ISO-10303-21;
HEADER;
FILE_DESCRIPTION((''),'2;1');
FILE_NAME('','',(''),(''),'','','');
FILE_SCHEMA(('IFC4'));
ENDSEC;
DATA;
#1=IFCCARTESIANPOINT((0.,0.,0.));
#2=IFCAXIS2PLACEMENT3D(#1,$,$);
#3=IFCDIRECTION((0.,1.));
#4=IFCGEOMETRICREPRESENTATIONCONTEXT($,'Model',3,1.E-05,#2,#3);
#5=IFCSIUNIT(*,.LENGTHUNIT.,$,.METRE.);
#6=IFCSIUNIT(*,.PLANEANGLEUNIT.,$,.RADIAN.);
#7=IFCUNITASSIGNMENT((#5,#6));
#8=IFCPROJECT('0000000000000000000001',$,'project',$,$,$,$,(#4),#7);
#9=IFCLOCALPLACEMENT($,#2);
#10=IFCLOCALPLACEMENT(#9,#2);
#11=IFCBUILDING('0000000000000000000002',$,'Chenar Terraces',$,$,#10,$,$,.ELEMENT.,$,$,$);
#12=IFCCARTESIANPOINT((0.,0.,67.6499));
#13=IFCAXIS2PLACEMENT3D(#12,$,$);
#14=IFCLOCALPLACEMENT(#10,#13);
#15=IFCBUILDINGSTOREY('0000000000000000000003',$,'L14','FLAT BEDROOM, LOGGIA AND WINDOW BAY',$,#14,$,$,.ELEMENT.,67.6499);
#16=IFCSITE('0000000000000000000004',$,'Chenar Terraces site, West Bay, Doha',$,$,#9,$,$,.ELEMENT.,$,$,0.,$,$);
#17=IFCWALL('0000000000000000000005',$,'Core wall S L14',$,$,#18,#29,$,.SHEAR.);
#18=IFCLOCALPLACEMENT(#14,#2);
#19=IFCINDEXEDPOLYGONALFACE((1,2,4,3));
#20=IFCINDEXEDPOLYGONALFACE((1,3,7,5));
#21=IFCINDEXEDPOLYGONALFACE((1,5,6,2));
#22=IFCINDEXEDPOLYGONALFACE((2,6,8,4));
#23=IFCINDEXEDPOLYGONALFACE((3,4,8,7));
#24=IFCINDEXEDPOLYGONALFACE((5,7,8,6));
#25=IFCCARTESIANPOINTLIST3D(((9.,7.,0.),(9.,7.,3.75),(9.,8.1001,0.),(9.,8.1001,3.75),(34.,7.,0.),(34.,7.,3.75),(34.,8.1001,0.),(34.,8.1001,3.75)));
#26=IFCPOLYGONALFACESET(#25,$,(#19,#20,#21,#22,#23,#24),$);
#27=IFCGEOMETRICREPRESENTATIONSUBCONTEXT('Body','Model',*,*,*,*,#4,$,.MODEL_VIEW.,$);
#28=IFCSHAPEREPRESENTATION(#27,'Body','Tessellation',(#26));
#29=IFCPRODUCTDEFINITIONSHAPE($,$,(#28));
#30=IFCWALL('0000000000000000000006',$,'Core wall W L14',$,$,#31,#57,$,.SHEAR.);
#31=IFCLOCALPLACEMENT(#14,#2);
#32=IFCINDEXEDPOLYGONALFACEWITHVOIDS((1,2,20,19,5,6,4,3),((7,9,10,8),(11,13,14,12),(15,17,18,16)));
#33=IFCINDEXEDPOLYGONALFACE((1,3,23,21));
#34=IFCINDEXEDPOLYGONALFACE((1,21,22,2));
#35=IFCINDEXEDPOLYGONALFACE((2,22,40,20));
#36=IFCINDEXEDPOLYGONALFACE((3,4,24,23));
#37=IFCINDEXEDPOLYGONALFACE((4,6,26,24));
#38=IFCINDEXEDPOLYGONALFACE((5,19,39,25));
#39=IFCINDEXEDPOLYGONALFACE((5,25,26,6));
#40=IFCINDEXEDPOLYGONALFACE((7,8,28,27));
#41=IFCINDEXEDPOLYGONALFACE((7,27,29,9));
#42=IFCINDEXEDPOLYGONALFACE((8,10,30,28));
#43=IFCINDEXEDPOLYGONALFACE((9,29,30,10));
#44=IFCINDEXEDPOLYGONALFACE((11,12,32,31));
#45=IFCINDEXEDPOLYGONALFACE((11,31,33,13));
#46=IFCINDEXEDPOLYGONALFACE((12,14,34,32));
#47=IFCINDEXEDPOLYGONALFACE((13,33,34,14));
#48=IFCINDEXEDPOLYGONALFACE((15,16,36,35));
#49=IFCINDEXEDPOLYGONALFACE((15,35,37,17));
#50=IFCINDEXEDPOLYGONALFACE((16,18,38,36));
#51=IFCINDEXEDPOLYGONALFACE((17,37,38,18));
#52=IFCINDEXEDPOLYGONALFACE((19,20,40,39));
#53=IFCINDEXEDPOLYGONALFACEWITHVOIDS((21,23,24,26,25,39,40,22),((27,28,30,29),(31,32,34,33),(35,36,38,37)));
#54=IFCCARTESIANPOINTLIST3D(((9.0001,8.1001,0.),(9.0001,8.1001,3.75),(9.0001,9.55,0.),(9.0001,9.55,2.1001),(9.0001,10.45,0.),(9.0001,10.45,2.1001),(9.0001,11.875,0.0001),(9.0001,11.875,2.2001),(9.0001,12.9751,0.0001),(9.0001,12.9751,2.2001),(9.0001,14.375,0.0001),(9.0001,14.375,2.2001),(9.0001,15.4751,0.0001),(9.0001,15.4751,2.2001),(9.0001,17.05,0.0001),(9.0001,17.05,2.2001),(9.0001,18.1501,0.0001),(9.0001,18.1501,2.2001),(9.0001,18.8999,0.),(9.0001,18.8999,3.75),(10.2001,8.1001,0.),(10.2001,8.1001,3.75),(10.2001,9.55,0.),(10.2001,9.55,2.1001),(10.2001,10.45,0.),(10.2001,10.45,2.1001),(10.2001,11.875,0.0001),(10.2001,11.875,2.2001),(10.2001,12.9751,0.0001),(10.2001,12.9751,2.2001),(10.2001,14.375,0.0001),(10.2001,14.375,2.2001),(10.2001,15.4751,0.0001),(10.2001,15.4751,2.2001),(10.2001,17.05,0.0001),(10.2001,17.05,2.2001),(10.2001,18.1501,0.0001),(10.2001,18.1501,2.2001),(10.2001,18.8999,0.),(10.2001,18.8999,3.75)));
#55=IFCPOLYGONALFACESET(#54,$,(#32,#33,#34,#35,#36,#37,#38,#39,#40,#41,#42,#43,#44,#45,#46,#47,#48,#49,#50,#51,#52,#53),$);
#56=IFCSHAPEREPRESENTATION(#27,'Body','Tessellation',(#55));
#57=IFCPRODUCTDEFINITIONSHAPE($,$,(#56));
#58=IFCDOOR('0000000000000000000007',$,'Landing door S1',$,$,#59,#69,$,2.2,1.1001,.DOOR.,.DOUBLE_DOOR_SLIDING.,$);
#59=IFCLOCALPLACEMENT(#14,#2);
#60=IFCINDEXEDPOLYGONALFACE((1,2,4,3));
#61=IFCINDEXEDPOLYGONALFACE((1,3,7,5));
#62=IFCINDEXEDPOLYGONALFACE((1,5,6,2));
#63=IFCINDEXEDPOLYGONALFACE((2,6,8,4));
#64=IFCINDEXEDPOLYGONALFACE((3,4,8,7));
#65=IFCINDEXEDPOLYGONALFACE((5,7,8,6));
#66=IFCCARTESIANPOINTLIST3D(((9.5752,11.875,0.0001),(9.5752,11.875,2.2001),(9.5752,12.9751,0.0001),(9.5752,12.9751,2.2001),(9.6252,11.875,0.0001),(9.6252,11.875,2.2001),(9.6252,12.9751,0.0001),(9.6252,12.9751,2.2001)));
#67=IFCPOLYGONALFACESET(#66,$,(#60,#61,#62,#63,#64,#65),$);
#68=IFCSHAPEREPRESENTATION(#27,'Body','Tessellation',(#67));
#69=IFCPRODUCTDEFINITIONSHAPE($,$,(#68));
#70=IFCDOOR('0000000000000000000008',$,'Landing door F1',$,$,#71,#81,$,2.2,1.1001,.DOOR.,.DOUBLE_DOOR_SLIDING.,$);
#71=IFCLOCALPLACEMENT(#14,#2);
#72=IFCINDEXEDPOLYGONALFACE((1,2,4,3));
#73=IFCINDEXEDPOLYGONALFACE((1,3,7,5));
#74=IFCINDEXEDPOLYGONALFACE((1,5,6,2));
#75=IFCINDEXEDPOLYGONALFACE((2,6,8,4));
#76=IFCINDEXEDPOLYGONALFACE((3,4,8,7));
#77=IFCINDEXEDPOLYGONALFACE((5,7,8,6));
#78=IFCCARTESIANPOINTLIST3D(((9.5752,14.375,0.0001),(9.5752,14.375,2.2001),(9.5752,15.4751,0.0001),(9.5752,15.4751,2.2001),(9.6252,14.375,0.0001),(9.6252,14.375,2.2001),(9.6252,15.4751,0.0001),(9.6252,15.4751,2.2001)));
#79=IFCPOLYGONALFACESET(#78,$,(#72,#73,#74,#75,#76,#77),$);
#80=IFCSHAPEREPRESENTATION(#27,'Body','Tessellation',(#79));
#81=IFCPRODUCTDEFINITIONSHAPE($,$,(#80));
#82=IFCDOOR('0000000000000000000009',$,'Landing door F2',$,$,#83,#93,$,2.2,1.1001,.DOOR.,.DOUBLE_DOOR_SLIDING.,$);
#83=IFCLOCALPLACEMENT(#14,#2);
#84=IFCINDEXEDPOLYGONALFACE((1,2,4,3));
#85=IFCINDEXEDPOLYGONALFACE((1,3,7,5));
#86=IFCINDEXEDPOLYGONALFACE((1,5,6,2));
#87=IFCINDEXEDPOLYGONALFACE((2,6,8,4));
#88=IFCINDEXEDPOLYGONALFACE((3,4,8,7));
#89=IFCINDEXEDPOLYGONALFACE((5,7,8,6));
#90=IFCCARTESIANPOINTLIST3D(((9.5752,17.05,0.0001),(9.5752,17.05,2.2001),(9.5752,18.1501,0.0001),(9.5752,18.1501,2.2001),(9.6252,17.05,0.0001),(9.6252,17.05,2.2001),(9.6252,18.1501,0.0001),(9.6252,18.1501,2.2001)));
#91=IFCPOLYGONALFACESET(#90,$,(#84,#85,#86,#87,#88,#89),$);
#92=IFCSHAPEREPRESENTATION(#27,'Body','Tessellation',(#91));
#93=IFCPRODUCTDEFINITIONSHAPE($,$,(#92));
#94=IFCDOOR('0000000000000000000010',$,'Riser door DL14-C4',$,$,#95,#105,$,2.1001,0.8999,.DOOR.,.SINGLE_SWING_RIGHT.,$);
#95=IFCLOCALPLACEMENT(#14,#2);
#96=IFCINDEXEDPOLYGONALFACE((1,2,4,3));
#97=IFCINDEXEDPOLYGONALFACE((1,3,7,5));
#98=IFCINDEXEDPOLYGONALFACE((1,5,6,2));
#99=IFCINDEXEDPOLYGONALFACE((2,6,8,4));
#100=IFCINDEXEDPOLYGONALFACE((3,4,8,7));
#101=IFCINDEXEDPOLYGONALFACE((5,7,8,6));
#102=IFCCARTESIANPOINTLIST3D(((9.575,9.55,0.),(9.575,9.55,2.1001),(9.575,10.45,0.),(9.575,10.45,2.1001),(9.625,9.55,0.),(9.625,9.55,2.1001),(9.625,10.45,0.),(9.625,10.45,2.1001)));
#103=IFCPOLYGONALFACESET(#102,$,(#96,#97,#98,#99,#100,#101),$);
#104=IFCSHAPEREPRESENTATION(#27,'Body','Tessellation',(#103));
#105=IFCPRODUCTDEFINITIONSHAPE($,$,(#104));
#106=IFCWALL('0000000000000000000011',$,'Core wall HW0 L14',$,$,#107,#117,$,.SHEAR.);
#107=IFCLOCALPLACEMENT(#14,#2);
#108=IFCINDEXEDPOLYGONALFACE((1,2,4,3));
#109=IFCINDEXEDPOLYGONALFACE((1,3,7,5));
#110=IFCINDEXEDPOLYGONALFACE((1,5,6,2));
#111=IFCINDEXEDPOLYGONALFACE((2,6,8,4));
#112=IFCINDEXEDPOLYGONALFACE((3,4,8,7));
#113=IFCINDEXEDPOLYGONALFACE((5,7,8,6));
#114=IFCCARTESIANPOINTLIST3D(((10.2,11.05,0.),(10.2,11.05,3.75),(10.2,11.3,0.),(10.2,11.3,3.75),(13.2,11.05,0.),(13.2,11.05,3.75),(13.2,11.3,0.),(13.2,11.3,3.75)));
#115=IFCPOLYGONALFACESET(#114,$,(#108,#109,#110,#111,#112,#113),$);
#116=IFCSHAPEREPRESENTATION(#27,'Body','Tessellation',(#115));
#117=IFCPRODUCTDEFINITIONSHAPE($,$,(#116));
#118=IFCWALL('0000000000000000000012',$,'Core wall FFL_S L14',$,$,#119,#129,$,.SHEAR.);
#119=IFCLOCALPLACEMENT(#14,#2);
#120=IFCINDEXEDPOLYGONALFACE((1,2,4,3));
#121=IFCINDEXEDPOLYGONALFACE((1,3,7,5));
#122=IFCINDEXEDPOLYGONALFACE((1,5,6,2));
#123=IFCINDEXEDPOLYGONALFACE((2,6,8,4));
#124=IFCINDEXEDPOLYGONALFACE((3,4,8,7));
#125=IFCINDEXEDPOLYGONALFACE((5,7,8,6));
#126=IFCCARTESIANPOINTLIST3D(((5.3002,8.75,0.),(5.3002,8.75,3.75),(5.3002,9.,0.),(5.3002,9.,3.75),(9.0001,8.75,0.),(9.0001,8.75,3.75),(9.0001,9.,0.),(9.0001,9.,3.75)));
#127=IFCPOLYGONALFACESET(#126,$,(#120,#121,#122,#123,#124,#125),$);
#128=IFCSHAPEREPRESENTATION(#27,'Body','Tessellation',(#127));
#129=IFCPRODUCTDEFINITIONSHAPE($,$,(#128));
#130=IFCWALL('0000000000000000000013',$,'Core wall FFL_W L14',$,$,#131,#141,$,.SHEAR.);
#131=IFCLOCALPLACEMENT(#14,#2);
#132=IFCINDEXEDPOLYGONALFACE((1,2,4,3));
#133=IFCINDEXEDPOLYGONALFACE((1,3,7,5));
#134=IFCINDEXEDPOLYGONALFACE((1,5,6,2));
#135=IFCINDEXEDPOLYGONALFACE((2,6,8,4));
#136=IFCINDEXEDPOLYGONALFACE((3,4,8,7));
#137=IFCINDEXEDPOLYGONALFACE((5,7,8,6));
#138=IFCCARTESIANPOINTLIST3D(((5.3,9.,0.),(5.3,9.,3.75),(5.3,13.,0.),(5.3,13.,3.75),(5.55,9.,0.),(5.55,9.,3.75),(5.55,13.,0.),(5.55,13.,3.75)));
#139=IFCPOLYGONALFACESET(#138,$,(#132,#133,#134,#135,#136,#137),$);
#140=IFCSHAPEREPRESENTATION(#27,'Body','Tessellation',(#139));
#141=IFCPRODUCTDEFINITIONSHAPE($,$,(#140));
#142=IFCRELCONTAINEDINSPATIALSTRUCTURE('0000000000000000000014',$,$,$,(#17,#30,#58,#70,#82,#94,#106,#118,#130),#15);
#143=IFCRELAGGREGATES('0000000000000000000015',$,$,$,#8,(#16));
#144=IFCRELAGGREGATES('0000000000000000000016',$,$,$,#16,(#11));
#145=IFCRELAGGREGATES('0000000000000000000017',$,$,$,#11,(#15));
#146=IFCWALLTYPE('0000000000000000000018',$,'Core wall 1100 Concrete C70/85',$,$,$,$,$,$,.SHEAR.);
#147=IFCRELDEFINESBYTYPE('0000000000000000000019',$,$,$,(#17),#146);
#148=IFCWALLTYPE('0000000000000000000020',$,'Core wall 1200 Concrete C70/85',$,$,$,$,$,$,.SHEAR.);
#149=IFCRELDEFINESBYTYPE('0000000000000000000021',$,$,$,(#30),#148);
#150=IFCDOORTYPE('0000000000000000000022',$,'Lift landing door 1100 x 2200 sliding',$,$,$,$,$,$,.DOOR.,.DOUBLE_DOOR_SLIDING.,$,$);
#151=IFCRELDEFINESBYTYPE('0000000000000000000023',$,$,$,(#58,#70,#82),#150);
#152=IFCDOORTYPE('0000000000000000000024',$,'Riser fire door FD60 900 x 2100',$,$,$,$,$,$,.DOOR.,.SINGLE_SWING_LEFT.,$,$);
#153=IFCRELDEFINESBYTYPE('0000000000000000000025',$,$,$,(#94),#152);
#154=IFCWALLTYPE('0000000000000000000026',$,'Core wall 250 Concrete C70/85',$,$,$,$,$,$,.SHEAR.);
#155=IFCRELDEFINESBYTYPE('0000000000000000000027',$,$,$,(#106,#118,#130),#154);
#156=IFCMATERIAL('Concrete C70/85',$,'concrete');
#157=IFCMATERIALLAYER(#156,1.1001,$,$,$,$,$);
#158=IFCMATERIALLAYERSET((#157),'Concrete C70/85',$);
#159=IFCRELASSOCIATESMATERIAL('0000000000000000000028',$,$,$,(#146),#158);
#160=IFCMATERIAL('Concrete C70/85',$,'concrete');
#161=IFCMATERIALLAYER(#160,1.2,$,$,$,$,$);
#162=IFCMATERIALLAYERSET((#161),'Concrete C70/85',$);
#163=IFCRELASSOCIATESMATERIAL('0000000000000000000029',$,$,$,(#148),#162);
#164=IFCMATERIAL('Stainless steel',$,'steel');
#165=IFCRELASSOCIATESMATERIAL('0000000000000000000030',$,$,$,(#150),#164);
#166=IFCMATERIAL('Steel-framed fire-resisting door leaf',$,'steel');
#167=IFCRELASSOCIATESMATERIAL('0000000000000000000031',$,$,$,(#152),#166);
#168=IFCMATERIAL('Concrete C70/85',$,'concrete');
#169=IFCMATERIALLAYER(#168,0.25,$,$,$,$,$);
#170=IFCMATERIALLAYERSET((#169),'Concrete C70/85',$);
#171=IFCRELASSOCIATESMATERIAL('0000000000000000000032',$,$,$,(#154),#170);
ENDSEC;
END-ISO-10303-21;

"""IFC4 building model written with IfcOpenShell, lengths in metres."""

from ifc_helpers import new_model, si_unit, direction, frame, frame_2d, origin, place, context, subcontext, project, spatial, rectangle, extrude, material, layer, layer_set, type_object, element, fill, save


model = new_model("IFC4")

# Units and contexts
model_context = context("Model", 3, precision=1e-05, world=origin(), true_north=direction((0.0, 1.0)))
body_context = subcontext(model_context, "Body", "Model", "MODEL_VIEW")
ifc_project = project(units=[si_unit("LENGTHUNIT", "METRE"), si_unit("PLANEANGLEUNIT", "RADIAN")], contexts=[model_context])

# Site, building, storey
site_placement = place(None, origin())
site = spatial("IfcSite", under=ifc_project, at=site_placement, Name="Chenar Terraces site, West Bay, Doha", CompositionType="ELEMENT", RefElevation=0.0)
building_placement = place(site_placement, origin())
building = spatial("IfcBuilding", under=site, at=building_placement, Name="Chenar Terraces", CompositionType="ELEMENT")
storey_placement = place(building_placement, frame((0.0, 0.0, 67.6499)))
storey = spatial("IfcBuildingStorey", under=building, at=storey_placement, Name="L14", Description="FLAT BEDROOM, LOGGIA AND WINDOW BAY", CompositionType="ELEMENT", Elevation=67.6499)

# Wall
ifc_material_1 = material(Name="Concrete C70/85", Category="concrete")
ifc_layer_1 = layer(ifc_material_1, 1.1001)
ifc_layer_set_1 = layer_set([ifc_layer_1], Name="Concrete C70/85")
wall_type_1 = type_object("IfcWallType", Name="Core wall 1100 Concrete C70/85", PredefinedType="SHEAR", material=ifc_layer_set_1)
wall_1_placement = place(storey_placement, frame((9.0, 7.55, 0.0), z_axis=(0.0, 0.0, 1.0), x_axis=(1.0, 0.0, 0.0)))
element("IfcWall", 1, at=wall_1_placement, inside=storey, type_object=wall_type_1, Name="Core wall S L14", PredefinedType="SHEAR", context=body_context, shape_type="SweptSolid", body=[
    extrude(rectangle(XDim=25.0, YDim=1.1001, at=frame_2d((12.5, 0.0))), origin(), (0.0, 0.0, 1.0), 3.75),
])

# Wall, openings, doors
ifc_material_2 = material(Name="Concrete C70/85", Category="concrete")
ifc_layer_2 = layer(ifc_material_2, 1.2)
ifc_layer_set_2 = layer_set([ifc_layer_2], Name="Concrete C70/85")
wall_type_2 = type_object("IfcWallType", Name="Core wall 1200 Concrete C70/85", PredefinedType="SHEAR", material=ifc_layer_set_2)
wall_2_placement = place(storey_placement, frame((9.6001, 8.1001, 0.0), z_axis=(0.0, 0.0, 1.0), x_axis=(0.0, 1.0, 0.0)))
wall_2 = element("IfcWall", 2, at=wall_2_placement, inside=storey, type_object=wall_type_2, Name="Core wall W L14", PredefinedType="SHEAR", context=body_context, shape_type="SweptSolid", body=[
    extrude(rectangle(XDim=10.7998, YDim=1.2, at=frame_2d((5.3999, 0.0))), origin(), (0.0, 0.0, 1.0), 3.75),
])
opening_1_placement = place(wall_2_placement, frame((3.7749, 0.0, 0.0)))
opening_1 = element("IfcOpeningElement", 3, at=opening_1_placement, cuts=wall_2, PredefinedType="OPENING", context=body_context, shape_type="SweptSolid", body=[
    extrude(rectangle(XDim=1.1001, YDim=2.2, at=frame_2d((0.55, 1.1001))), frame((0.0, 0.6099, 0.0), z_axis=(0.0, -1.0, 0.0), x_axis=(1.0, 0.0, 0.0)), (0.0, 0.0, 1.0), 1.22),
])
opening_2_placement = place(wall_2_placement, frame((6.2749, 0.0, 0.0)))
opening_2 = element("IfcOpeningElement", 4, at=opening_2_placement, cuts=wall_2, PredefinedType="OPENING", context=body_context, shape_type="SweptSolid", body=[
    extrude(rectangle(XDim=1.1001, YDim=2.2, at=frame_2d((0.55, 1.1001))), frame((0.0, 0.6099, 0.0), z_axis=(0.0, -1.0, 0.0), x_axis=(1.0, 0.0, 0.0)), (0.0, 0.0, 1.0), 1.22),
])
opening_3_placement = place(wall_2_placement, frame((8.95, 0.0, 0.0)))
opening_3 = element("IfcOpeningElement", 5, at=opening_3_placement, cuts=wall_2, PredefinedType="OPENING", context=body_context, shape_type="SweptSolid", body=[
    extrude(rectangle(XDim=1.1001, YDim=2.2, at=frame_2d((0.55, 1.1001))), frame((0.0, 0.6099, 0.0), z_axis=(0.0, -1.0, 0.0), x_axis=(1.0, 0.0, 0.0)), (0.0, 0.0, 1.0), 1.22),
])
opening_4_placement = place(wall_2_placement, frame((1.45, 0.0, 0.0)))
opening_4 = element("IfcOpeningElement", 6, at=opening_4_placement, cuts=wall_2, PredefinedType="OPENING", context=body_context, shape_type="SweptSolid", body=[
    extrude(rectangle(XDim=0.8999, YDim=2.1001, at=frame_2d((0.45, 1.05))), frame((0.0, 0.6099, 0.0), z_axis=(0.0, -1.0, 0.0), x_axis=(1.0, 0.0, 0.0)), (0.0, 0.0, 1.0), 1.22),
])
ifc_material_3 = material(Name="Stainless steel", Category="steel")
door_type_1 = type_object("IfcDoorType", Name="Lift landing door 1100 x 2200 sliding", OperationType="DOUBLE_DOOR_SLIDING", PredefinedType="DOOR", material=ifc_material_3)
door_1_placement = place(opening_1_placement, origin())
door_1 = element("IfcDoor", 7, at=door_1_placement, inside=storey, type_object=door_type_1, Name="Landing door S1", OperationType="DOUBLE_DOOR_SLIDING", OverallHeight=2.2, OverallWidth=1.1001, PredefinedType="DOOR", context=body_context, shape_type="SweptSolid", body=[
    extrude(rectangle(XDim=1.1001, YDim=2.2, at=frame_2d((0.55, 1.1001))), frame((0.0, 0.0249, 0.0), z_axis=(0.0, -1.0, 0.0), x_axis=(1.0, 0.0, 0.0)), (0.0, 0.0, 1.0), 0.05),
])
fill(opening_1, door_1)
door_2_placement = place(opening_2_placement, origin())
door_2 = element("IfcDoor", 8, at=door_2_placement, inside=storey, type_object=door_type_1, Name="Landing door F1", OperationType="DOUBLE_DOOR_SLIDING", OverallHeight=2.2, OverallWidth=1.1001, PredefinedType="DOOR", context=body_context, shape_type="SweptSolid", body=[
    extrude(rectangle(XDim=1.1001, YDim=2.2, at=frame_2d((0.55, 1.1001))), frame((0.0, 0.0249, 0.0), z_axis=(0.0, -1.0, 0.0), x_axis=(1.0, 0.0, 0.0)), (0.0, 0.0, 1.0), 0.05),
])
fill(opening_2, door_2)
door_3_placement = place(opening_3_placement, origin())
door_3 = element("IfcDoor", 9, at=door_3_placement, inside=storey, type_object=door_type_1, Name="Landing door F2", OperationType="DOUBLE_DOOR_SLIDING", OverallHeight=2.2, OverallWidth=1.1001, PredefinedType="DOOR", context=body_context, shape_type="SweptSolid", body=[
    extrude(rectangle(XDim=1.1001, YDim=2.2, at=frame_2d((0.55, 1.1001))), frame((0.0, 0.0249, 0.0), z_axis=(0.0, -1.0, 0.0), x_axis=(1.0, 0.0, 0.0)), (0.0, 0.0, 1.0), 0.05),
])
fill(opening_3, door_3)
ifc_material_4 = material(Name="Steel-framed fire-resisting door leaf", Category="steel")
door_type_2 = type_object("IfcDoorType", Name="Riser fire door FD60 900 x 2100", OperationType="SINGLE_SWING_LEFT", PredefinedType="DOOR", material=ifc_material_4)
door_4_placement = place(opening_4_placement, frame((0.8999, 0.0, 0.0), z_axis=(0.0, 0.0, 1.0), x_axis=(-1.0, 0.0, 0.0)))
door_4 = element("IfcDoor", 10, at=door_4_placement, inside=storey, type_object=door_type_2, Name="Riser door DL14-C4", OperationType="SINGLE_SWING_RIGHT", OverallHeight=2.1001, OverallWidth=0.8999, PredefinedType="DOOR", context=body_context, shape_type="SweptSolid", body=[
    extrude(rectangle(XDim=0.8999, YDim=2.1001, at=frame_2d((0.45, 1.05))), frame((0.0, 0.0249, 0.0), z_axis=(0.0, -1.0, 0.0), x_axis=(1.0, 0.0, 0.0)), (0.0, 0.0, 1.0), 0.05),
])
fill(opening_4, door_4)

# Walls
ifc_material_5 = material(Name="Concrete C70/85", Category="concrete")
ifc_layer_3 = layer(ifc_material_5, 0.25)
ifc_layer_set_3 = layer_set([ifc_layer_3], Name="Concrete C70/85")
wall_type_3 = type_object("IfcWallType", Name="Core wall 250 Concrete C70/85", PredefinedType="SHEAR", material=ifc_layer_set_3)
wall_3_placement = place(storey_placement, frame((10.2, 11.175, 0.0), z_axis=(0.0, 0.0, 1.0), x_axis=(1.0, 0.0, 0.0)))
element("IfcWall", 11, at=wall_3_placement, inside=storey, type_object=wall_type_3, Name="Core wall HW0 L14", PredefinedType="SHEAR", context=body_context, shape_type="SweptSolid", body=[
    extrude(rectangle(XDim=3.0, YDim=0.25, at=frame_2d((1.5, 0.0))), origin(), (0.0, 0.0, 1.0), 3.75),
])
wall_4_placement = place(storey_placement, frame((5.3, 8.875, 0.0), z_axis=(0.0, 0.0, 1.0), x_axis=(1.0, 0.0, 0.0)))
element("IfcWall", 12, at=wall_4_placement, inside=storey, type_object=wall_type_3, Name="Core wall FFL_S L14", PredefinedType="SHEAR", context=body_context, shape_type="SweptSolid", body=[
    extrude(rectangle(XDim=3.7, YDim=0.25, at=frame_2d((1.8501, 0.0))), origin(), (0.0, 0.0, 1.0), 3.75),
])
wall_5_placement = place(storey_placement, frame((5.425, 9.0, 0.0), z_axis=(0.0, 0.0, 1.0), x_axis=(0.0, 1.0, 0.0)))
element("IfcWall", 13, at=wall_5_placement, inside=storey, type_object=wall_type_3, Name="Core wall FFL_W L14", PredefinedType="SHEAR", context=body_context, shape_type="SweptSolid", body=[
    extrude(rectangle(XDim=4.0, YDim=0.25, at=frame_2d((2.0, 0.0))), origin(), (0.0, 0.0, 1.0), 3.75),
])

save(model, "model.ifc")
